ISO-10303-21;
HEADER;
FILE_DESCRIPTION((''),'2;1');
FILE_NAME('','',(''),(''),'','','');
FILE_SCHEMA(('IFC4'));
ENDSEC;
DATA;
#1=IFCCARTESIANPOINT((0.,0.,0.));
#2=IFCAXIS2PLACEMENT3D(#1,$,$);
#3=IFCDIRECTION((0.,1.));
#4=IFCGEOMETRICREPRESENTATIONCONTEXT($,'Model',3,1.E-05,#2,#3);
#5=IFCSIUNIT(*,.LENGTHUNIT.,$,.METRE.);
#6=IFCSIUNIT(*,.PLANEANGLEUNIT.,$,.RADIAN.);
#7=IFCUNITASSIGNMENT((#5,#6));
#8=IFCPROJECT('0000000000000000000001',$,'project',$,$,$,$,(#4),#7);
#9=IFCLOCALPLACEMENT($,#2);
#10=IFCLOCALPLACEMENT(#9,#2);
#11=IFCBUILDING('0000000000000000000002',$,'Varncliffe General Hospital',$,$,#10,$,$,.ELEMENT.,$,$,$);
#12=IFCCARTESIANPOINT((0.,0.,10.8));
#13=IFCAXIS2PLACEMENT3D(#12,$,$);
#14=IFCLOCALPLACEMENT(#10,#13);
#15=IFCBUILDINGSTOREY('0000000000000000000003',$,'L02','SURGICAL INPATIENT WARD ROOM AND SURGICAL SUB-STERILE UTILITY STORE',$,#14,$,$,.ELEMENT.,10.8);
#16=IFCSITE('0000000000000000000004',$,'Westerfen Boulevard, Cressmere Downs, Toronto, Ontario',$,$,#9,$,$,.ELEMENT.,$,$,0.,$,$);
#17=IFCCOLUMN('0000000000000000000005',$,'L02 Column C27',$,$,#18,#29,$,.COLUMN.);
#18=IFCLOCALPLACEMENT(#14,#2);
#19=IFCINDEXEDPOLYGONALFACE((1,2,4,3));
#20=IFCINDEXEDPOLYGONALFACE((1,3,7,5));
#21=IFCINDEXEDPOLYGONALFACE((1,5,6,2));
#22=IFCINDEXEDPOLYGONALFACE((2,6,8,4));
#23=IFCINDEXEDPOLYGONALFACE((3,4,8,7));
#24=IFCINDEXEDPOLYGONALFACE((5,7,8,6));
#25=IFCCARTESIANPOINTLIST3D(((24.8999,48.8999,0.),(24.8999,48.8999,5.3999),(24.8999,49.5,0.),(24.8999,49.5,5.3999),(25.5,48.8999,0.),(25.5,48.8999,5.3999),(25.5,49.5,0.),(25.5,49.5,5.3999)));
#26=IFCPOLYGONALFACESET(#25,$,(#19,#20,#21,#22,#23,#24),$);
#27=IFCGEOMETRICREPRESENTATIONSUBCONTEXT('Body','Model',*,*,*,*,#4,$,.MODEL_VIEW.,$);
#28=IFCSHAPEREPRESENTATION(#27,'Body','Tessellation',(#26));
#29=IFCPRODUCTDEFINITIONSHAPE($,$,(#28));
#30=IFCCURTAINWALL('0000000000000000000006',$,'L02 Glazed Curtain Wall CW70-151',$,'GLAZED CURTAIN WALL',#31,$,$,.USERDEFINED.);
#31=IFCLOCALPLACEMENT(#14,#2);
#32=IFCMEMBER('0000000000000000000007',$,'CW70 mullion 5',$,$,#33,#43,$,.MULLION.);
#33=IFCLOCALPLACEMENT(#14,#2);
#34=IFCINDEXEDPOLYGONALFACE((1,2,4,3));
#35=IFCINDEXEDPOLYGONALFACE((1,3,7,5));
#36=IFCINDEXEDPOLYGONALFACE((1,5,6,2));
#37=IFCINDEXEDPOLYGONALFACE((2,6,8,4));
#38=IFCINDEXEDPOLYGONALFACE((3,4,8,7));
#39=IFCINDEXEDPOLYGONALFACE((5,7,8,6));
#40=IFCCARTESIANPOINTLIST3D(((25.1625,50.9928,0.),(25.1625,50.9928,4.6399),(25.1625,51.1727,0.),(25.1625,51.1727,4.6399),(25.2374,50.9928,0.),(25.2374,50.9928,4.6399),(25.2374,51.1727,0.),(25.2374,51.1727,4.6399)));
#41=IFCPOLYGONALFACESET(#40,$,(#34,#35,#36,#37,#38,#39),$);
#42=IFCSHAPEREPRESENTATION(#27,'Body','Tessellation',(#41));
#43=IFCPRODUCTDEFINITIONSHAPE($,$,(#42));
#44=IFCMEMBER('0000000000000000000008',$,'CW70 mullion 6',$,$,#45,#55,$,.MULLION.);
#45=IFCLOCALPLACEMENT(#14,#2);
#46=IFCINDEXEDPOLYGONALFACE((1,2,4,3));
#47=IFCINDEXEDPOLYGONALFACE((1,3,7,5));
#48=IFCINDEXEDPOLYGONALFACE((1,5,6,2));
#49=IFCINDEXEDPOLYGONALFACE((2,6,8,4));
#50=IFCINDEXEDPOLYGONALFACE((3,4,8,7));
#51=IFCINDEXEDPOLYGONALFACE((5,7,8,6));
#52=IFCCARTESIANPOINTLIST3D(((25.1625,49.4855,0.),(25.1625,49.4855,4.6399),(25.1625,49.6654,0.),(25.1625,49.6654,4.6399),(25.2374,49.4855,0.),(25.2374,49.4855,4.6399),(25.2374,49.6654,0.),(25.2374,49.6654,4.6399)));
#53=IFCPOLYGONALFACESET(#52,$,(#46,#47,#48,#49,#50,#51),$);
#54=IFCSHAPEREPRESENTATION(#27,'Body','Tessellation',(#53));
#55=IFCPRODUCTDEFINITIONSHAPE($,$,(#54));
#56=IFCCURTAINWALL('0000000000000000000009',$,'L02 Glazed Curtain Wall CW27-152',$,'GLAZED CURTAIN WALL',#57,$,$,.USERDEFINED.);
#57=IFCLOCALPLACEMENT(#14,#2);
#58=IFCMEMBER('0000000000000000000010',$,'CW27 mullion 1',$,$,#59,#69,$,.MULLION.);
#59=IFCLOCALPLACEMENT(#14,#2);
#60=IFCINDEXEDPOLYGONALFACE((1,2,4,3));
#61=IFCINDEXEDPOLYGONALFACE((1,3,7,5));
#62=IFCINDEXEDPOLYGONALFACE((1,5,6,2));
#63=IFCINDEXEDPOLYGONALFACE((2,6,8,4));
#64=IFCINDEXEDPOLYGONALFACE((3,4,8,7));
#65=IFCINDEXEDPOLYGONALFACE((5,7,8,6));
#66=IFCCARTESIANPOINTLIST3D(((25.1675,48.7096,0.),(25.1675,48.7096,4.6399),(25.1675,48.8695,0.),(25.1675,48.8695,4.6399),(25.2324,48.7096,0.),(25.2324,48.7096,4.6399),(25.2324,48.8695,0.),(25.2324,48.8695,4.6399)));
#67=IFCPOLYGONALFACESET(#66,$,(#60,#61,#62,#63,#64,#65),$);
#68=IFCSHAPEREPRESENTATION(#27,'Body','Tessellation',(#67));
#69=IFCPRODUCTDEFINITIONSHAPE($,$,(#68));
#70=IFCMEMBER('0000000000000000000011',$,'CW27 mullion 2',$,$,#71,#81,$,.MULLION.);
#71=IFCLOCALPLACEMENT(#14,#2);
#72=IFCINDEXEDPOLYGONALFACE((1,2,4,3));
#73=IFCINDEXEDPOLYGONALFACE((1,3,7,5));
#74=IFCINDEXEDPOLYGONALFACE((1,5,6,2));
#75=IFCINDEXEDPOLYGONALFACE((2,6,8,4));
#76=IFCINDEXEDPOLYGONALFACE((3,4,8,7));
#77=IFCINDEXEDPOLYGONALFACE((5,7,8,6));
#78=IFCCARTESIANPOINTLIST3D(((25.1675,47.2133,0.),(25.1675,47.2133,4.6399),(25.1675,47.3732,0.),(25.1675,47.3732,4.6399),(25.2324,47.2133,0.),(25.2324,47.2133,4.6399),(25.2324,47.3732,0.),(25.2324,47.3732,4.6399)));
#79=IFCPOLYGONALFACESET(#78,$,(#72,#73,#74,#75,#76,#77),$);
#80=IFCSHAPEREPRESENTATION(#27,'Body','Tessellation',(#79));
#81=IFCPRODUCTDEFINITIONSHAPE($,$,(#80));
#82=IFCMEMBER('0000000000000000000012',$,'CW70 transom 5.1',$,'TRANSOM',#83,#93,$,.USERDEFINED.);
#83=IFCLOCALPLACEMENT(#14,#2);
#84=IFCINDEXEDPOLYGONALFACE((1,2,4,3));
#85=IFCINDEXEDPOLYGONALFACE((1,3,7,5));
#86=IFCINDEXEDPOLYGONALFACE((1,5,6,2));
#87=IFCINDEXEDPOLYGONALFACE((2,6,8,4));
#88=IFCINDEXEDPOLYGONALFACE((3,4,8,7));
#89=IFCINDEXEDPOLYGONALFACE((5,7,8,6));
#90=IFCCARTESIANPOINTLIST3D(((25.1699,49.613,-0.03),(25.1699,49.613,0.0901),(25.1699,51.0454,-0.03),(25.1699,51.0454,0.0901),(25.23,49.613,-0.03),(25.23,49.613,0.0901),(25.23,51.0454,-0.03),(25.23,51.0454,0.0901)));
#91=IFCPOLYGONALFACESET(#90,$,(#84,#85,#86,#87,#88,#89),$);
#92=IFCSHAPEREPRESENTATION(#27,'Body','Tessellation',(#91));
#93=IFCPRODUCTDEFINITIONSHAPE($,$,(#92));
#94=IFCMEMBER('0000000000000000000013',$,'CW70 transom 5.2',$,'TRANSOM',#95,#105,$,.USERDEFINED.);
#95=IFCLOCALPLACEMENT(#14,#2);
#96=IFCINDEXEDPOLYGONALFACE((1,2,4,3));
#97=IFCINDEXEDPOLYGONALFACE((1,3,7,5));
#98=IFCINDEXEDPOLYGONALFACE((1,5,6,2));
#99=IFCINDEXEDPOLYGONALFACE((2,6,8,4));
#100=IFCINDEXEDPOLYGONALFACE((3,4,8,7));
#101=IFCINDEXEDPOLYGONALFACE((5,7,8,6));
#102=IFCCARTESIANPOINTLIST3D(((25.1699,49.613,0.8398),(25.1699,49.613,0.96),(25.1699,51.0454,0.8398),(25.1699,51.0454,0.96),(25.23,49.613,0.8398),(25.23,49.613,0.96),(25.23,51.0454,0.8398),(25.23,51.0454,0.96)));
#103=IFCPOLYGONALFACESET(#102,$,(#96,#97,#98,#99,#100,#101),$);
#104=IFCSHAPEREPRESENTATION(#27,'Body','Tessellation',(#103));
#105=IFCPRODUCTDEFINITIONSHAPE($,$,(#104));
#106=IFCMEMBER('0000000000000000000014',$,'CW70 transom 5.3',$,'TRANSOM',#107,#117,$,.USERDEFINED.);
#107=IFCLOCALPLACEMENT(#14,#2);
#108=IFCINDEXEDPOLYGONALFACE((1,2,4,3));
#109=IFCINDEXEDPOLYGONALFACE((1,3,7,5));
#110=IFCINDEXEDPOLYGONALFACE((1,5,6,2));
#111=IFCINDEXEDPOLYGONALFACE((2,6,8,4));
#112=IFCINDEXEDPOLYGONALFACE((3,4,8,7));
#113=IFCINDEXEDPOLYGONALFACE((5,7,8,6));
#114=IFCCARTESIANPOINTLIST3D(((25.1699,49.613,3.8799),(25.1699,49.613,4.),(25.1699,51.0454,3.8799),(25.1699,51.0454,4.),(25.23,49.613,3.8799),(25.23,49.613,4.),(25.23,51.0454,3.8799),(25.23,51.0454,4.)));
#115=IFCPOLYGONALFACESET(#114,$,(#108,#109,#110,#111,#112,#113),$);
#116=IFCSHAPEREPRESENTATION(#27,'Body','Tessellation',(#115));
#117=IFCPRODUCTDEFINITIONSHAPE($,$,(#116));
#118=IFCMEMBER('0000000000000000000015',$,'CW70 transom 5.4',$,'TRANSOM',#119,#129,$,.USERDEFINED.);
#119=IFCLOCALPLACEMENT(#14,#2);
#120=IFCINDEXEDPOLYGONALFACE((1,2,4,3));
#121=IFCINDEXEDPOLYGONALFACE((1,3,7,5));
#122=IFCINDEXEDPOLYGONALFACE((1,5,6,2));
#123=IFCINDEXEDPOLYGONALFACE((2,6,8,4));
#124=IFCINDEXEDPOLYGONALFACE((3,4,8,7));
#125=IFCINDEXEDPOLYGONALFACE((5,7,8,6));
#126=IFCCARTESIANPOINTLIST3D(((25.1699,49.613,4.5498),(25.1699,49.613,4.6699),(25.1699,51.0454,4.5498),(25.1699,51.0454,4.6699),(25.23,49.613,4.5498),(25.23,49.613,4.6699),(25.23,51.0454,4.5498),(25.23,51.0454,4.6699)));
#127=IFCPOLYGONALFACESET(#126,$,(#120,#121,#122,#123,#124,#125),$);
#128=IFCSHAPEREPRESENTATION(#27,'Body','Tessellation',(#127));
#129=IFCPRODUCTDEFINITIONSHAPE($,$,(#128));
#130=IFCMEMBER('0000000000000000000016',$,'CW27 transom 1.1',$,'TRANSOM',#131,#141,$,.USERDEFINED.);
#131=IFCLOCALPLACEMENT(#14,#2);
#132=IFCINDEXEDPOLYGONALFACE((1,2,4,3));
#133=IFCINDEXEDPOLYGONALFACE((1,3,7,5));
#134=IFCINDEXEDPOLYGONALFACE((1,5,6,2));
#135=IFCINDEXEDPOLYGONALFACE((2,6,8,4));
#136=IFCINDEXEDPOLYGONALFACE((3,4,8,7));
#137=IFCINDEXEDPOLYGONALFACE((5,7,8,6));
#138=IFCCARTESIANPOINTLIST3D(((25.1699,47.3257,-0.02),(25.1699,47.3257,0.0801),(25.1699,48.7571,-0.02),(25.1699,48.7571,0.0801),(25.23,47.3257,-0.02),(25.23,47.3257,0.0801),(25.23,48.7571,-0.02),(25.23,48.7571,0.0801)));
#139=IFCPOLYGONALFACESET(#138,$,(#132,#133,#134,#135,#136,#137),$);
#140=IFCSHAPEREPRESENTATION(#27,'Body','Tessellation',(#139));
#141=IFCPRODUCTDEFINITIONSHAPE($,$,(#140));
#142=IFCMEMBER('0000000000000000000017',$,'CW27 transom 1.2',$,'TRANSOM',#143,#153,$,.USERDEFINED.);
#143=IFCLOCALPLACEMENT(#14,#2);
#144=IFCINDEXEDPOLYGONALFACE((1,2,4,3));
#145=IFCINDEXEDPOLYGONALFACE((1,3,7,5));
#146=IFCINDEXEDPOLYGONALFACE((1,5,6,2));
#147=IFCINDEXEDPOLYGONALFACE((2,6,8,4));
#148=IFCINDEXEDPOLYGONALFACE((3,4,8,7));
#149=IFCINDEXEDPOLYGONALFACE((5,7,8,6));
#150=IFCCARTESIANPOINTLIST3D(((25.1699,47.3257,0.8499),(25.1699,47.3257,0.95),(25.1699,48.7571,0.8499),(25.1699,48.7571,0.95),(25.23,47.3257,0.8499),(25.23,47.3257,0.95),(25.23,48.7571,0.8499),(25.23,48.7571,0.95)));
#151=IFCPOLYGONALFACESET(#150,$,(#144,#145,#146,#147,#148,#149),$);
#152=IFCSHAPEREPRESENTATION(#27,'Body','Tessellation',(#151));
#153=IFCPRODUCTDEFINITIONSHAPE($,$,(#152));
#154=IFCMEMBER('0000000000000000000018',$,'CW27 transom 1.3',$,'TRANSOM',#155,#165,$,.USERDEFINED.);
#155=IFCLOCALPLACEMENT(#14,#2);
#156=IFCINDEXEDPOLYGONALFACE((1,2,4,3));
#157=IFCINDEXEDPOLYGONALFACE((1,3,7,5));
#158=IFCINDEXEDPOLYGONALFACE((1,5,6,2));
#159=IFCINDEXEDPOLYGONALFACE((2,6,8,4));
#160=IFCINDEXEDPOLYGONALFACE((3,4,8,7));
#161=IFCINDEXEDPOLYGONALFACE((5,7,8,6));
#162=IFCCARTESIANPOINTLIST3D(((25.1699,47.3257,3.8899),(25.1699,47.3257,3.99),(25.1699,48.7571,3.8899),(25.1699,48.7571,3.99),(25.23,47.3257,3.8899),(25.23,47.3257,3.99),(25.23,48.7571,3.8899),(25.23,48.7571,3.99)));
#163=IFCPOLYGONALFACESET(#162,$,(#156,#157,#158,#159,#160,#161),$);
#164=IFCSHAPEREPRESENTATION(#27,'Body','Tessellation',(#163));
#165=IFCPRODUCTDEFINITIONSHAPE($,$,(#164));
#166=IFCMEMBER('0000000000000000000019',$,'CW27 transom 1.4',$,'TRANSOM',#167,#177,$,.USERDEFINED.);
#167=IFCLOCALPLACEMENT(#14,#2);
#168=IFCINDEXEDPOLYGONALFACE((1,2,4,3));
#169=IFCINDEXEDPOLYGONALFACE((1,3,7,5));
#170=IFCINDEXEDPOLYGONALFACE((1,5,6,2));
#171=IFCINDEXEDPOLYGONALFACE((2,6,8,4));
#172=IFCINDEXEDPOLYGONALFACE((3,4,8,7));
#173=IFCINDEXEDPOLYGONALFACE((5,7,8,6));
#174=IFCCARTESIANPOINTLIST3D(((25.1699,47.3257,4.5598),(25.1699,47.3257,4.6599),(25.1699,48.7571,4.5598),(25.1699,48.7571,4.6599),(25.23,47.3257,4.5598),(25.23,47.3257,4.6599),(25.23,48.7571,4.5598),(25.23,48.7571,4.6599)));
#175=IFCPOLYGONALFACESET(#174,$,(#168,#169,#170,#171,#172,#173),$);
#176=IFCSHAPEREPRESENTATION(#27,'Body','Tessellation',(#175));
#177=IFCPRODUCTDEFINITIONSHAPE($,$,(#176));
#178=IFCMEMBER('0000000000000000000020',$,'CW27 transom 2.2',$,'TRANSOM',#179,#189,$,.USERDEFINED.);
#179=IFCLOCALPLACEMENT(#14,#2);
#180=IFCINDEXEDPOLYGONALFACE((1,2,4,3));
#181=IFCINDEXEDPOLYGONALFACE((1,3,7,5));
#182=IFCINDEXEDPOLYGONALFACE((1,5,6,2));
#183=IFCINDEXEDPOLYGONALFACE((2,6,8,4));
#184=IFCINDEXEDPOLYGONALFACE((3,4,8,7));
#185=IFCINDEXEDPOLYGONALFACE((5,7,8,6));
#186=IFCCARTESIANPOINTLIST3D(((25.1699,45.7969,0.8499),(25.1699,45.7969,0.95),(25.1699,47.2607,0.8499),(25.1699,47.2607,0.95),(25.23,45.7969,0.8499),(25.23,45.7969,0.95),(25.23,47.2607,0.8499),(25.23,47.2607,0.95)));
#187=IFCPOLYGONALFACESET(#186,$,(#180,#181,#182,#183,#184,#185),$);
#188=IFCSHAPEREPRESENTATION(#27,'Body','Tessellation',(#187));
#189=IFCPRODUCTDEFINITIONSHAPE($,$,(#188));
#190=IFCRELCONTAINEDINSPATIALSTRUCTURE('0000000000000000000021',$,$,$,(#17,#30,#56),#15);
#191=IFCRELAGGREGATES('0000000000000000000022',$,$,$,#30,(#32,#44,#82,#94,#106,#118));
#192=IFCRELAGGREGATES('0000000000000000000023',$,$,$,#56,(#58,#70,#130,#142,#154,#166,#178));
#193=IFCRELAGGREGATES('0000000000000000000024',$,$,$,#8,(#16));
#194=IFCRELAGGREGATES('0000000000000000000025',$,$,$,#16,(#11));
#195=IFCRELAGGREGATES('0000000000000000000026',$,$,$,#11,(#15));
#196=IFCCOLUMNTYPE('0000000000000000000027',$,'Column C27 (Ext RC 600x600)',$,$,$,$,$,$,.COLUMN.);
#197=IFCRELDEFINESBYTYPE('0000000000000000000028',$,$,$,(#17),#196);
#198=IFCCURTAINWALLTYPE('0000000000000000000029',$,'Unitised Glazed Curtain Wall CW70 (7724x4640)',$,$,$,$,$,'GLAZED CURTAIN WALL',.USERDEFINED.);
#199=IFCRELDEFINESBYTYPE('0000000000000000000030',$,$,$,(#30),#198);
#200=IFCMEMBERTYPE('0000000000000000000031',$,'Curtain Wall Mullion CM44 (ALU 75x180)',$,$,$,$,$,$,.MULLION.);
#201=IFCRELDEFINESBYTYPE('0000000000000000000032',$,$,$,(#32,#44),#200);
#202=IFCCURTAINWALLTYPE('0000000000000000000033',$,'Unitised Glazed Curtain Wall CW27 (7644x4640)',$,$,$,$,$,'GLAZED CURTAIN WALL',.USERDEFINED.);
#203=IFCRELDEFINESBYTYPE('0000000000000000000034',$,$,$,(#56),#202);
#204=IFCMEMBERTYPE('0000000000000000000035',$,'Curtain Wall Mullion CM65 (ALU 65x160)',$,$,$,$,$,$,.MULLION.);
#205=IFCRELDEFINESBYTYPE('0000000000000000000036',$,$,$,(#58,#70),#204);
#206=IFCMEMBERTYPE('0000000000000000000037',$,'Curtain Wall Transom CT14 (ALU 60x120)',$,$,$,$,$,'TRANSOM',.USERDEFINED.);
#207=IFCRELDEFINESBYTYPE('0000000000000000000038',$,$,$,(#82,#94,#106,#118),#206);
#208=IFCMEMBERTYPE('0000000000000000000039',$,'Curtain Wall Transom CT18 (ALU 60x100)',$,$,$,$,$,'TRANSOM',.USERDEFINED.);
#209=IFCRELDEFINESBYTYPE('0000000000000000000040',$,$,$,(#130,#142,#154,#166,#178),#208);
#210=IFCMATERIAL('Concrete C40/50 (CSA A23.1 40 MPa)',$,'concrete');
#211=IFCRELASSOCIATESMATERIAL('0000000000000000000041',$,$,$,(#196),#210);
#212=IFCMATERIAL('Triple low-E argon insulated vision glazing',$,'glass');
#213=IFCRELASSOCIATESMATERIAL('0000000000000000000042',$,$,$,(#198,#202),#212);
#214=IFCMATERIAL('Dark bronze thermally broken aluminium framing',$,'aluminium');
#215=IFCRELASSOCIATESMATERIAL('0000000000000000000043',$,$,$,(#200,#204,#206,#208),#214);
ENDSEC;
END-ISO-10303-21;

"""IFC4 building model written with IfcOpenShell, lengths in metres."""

from ifc_helpers import new_model, si_unit, direction, frame, origin, origin_2d, place, context, subcontext, project, spatial, rectangle, extrude, material, material_profile, profile_set, type_object, element, aggregate, save


model = new_model("IFC4")

# Units and contexts
model_context = context("Model", 3, precision=1e-05, world=origin(), true_north=direction((0.0, 1.0)))
body_context = subcontext(model_context, "Body", "Model", "MODEL_VIEW")
ifc_project = project(units=[si_unit("LENGTHUNIT", "METRE"), si_unit("PLANEANGLEUNIT", "RADIAN")], contexts=[model_context])

# Site, building, storey
site_placement = place(None, origin())
site = spatial("IfcSite", under=ifc_project, at=site_placement, Name="Westerfen Boulevard, Cressmere Downs, Toronto, Ontario", CompositionType="ELEMENT", RefElevation=0.0)
building_placement = place(site_placement, origin())
building = spatial("IfcBuilding", under=site, at=building_placement, Name="Varncliffe General Hospital", CompositionType="ELEMENT")
storey_placement = place(building_placement, frame((0.0, 0.0, 10.8)))
storey = spatial("IfcBuildingStorey", under=building, at=storey_placement, Name="L02", Description="SURGICAL INPATIENT WARD ROOM AND SURGICAL SUB-STERILE UTILITY STORE", CompositionType="ELEMENT", Elevation=10.8)

# Column
ifc_material_1 = material(Name="Concrete C40/50 (CSA A23.1 40 MPa)", Category="concrete")
ifc_material_profile_1 = material_profile(ifc_material_1, rectangle(XDim=0.6001, YDim=0.6001, at=origin_2d()), Name="RC 600x600")
ifc_profile_set_1 = profile_set([ifc_material_profile_1], Name="Concrete C40/50 (CSA A23.1 40 MPa)")
column_type = type_object("IfcColumnType", Name="Column C27 (Ext RC 600x600)", PredefinedType="COLUMN", material=ifc_profile_set_1)
column_placement = place(storey_placement, frame((25.2, 49.2, 0.0), z_axis=(0.0, 0.0, 1.0), x_axis=(1.0, 0.0, 0.0)))
element("IfcColumn", 1, at=column_placement, inside=storey, type_object=column_type, Name="L02 Column C27", PredefinedType="COLUMN", context=body_context, shape_type="SweptSolid", body=[
    extrude(rectangle(XDim=0.6001, YDim=0.6001, at=origin_2d()), origin(), (0.0, 0.0, 1.0), 5.3999),
])

# Curtain walls, members
ifc_material_2 = material(Name="Triple low-E argon insulated vision glazing", Category="glass")
curtain_wall_type_1 = type_object("IfcCurtainWallType", Name="Unitised Glazed Curtain Wall CW70 (7724x4640)", ElementType="GLAZED CURTAIN WALL", PredefinedType="USERDEFINED", material=ifc_material_2)
curtain_wall_1_placement = place(storey_placement, origin())
curtain_wall_1 = element("IfcCurtainWall", 2, at=curtain_wall_1_placement, inside=storey, type_object=curtain_wall_type_1, Name="L02 Glazed Curtain Wall CW70-151", ObjectType="GLAZED CURTAIN WALL", PredefinedType="USERDEFINED")
ifc_material_3 = material(Name="Dark bronze thermally broken aluminium framing", Category="aluminium")
ifc_material_profile_2 = material_profile(ifc_material_3, rectangle(XDim=0.075, YDim=0.1799, at=origin_2d()), Name="ALU 75x180")
ifc_profile_set_2 = profile_set([ifc_material_profile_2], Name="Dark bronze thermally broken aluminium framing")
member_type_1 = type_object("IfcMemberType", Name="Curtain Wall Mullion CM44 (ALU 75x180)", PredefinedType="MULLION", material=ifc_profile_set_2)
member_1_placement = place(storey_placement, frame((25.2, 51.0828, 0.0), z_axis=(0.0, 0.0, 1.0), x_axis=(1.0, 0.0, 0.0)))
member_1 = element("IfcMember", 3, at=member_1_placement, type_object=member_type_1, Name="CW70 mullion 5", PredefinedType="MULLION", context=body_context, shape_type="SweptSolid", body=[
    extrude(rectangle(XDim=0.075, YDim=0.1799, at=origin_2d()), origin(), (0.0, 0.0, 1.0), 4.6399),
])
member_2_placement = place(storey_placement, frame((25.2, 49.5754, 0.0), z_axis=(0.0, 0.0, 1.0), x_axis=(1.0, 0.0, 0.0)))
member_2 = element("IfcMember", 4, at=member_2_placement, type_object=member_type_1, Name="CW70 mullion 6", PredefinedType="MULLION", context=body_context, shape_type="SweptSolid", body=[
    extrude(rectangle(XDim=0.075, YDim=0.1799, at=origin_2d()), origin(), (0.0, 0.0, 1.0), 4.6399),
])
curtain_wall_type_2 = type_object("IfcCurtainWallType", Name="Unitised Glazed Curtain Wall CW27 (7644x4640)", ElementType="GLAZED CURTAIN WALL", PredefinedType="USERDEFINED", material=ifc_material_2)
curtain_wall_2_placement = place(storey_placement, origin())
curtain_wall_2 = element("IfcCurtainWall", 5, at=curtain_wall_2_placement, inside=storey, type_object=curtain_wall_type_2, Name="L02 Glazed Curtain Wall CW27-152", ObjectType="GLAZED CURTAIN WALL", PredefinedType="USERDEFINED")
ifc_material_profile_3 = material_profile(ifc_material_3, rectangle(XDim=0.0649, YDim=0.1599, at=origin_2d()), Name="ALU 65x160")
ifc_profile_set_3 = profile_set([ifc_material_profile_3], Name="Dark bronze thermally broken aluminium framing")
member_type_2 = type_object("IfcMemberType", Name="Curtain Wall Mullion CM65 (ALU 65x160)", PredefinedType="MULLION", material=ifc_profile_set_3)
member_3_placement = place(storey_placement, frame((25.2, 48.7896, 0.0), z_axis=(0.0, 0.0, 1.0), x_axis=(1.0, 0.0, 0.0)))
member_3 = element("IfcMember", 6, at=member_3_placement, type_object=member_type_2, Name="CW27 mullion 1", PredefinedType="MULLION", context=body_context, shape_type="SweptSolid", body=[
    extrude(rectangle(XDim=0.0649, YDim=0.1599, at=origin_2d()), origin(), (0.0, 0.0, 1.0), 4.6399),
])
member_4_placement = place(storey_placement, frame((25.2, 47.2932, 0.0), z_axis=(0.0, 0.0, 1.0), x_axis=(1.0, 0.0, 0.0)))
member_4 = element("IfcMember", 7, at=member_4_placement, type_object=member_type_2, Name="CW27 mullion 2", PredefinedType="MULLION", context=body_context, shape_type="SweptSolid", body=[
    extrude(rectangle(XDim=0.0649, YDim=0.1599, at=origin_2d()), origin(), (0.0, 0.0, 1.0), 4.6399),
])

# Members
ifc_material_profile_4 = material_profile(ifc_material_3, rectangle(XDim=0.0601, YDim=0.1201, at=origin_2d()), Name="ALU 60x120")
ifc_profile_set_4 = profile_set([ifc_material_profile_4], Name="Dark bronze thermally broken aluminium framing")
member_type_3 = type_object("IfcMemberType", Name="Curtain Wall Transom CT14 (ALU 60x120)", ElementType="TRANSOM", PredefinedType="USERDEFINED", material=ifc_profile_set_4)
member_5_placement = place(storey_placement, frame((25.2, 51.0454, 0.03), z_axis=(0.0, -1.0, 0.0), x_axis=(1.0, 0.0, 0.0)))
member_5 = element("IfcMember", 8, at=member_5_placement, type_object=member_type_3, Name="CW70 transom 5.1", ObjectType="TRANSOM", PredefinedType="USERDEFINED", context=body_context, shape_type="SweptSolid", body=[
    extrude(rectangle(XDim=0.0601, YDim=0.1201, at=origin_2d()), origin(), (0.0, 0.0, 1.0), 1.4324),
])
member_6_placement = place(storey_placement, frame((25.2, 51.0454, 0.8999), z_axis=(0.0, -1.0, 0.0), x_axis=(1.0, 0.0, 0.0)))
member_6 = element("IfcMember", 9, at=member_6_placement, type_object=member_type_3, Name="CW70 transom 5.2", ObjectType="TRANSOM", PredefinedType="USERDEFINED", context=body_context, shape_type="SweptSolid", body=[
    extrude(rectangle(XDim=0.0601, YDim=0.1201, at=origin_2d()), origin(), (0.0, 0.0, 1.0), 1.4324),
])
member_7_placement = place(storey_placement, frame((25.2, 51.0454, 3.9399), z_axis=(0.0, -1.0, 0.0), x_axis=(1.0, 0.0, 0.0)))
member_7 = element("IfcMember", 10, at=member_7_placement, type_object=member_type_3, Name="CW70 transom 5.3", ObjectType="TRANSOM", PredefinedType="USERDEFINED", context=body_context, shape_type="SweptSolid", body=[
    extrude(rectangle(XDim=0.0601, YDim=0.1201, at=origin_2d()), origin(), (0.0, 0.0, 1.0), 1.4324),
])
member_8_placement = place(storey_placement, frame((25.2, 51.0454, 4.6099), z_axis=(0.0, -1.0, 0.0), x_axis=(1.0, 0.0, 0.0)))
member_8 = element("IfcMember", 11, at=member_8_placement, type_object=member_type_3, Name="CW70 transom 5.4", ObjectType="TRANSOM", PredefinedType="USERDEFINED", context=body_context, shape_type="SweptSolid", body=[
    extrude(rectangle(XDim=0.0601, YDim=0.1201, at=origin_2d()), origin(), (0.0, 0.0, 1.0), 1.4324),
])
ifc_material_profile_5 = material_profile(ifc_material_3, rectangle(XDim=0.0601, YDim=0.1001, at=origin_2d()), Name="ALU 60x100")
ifc_profile_set_5 = profile_set([ifc_material_profile_5], Name="Dark bronze thermally broken aluminium framing")
member_type_4 = type_object("IfcMemberType", Name="Curtain Wall Transom CT18 (ALU 60x100)", ElementType="TRANSOM", PredefinedType="USERDEFINED", material=ifc_profile_set_5)
member_9_placement = place(storey_placement, frame((25.2, 48.7571, 0.03), z_axis=(0.0, -1.0, 0.0), x_axis=(1.0, 0.0, 0.0)))
member_9 = element("IfcMember", 12, at=member_9_placement, type_object=member_type_4, Name="CW27 transom 1.1", ObjectType="TRANSOM", PredefinedType="USERDEFINED", context=body_context, shape_type="SweptSolid", body=[
    extrude(rectangle(XDim=0.0601, YDim=0.1001, at=origin_2d()), origin(), (0.0, 0.0, 1.0), 1.4314),
])
member_10_placement = place(storey_placement, frame((25.2, 48.7571, 0.8999), z_axis=(0.0, -1.0, 0.0), x_axis=(1.0, 0.0, 0.0)))
member_10 = element("IfcMember", 13, at=member_10_placement, type_object=member_type_4, Name="CW27 transom 1.2", ObjectType="TRANSOM", PredefinedType="USERDEFINED", context=body_context, shape_type="SweptSolid", body=[
    extrude(rectangle(XDim=0.0601, YDim=0.1001, at=origin_2d()), origin(), (0.0, 0.0, 1.0), 1.4314),
])
member_11_placement = place(storey_placement, frame((25.2, 48.7571, 3.9399), z_axis=(0.0, -1.0, 0.0), x_axis=(1.0, 0.0, 0.0)))
member_11 = element("IfcMember", 14, at=member_11_placement, type_object=member_type_4, Name="CW27 transom 1.3", ObjectType="TRANSOM", PredefinedType="USERDEFINED", context=body_context, shape_type="SweptSolid", body=[
    extrude(rectangle(XDim=0.0601, YDim=0.1001, at=origin_2d()), origin(), (0.0, 0.0, 1.0), 1.4314),
])
member_12_placement = place(storey_placement, frame((25.2, 48.7571, 4.6099), z_axis=(0.0, -1.0, 0.0), x_axis=(1.0, 0.0, 0.0)))
member_12 = element("IfcMember", 15, at=member_12_placement, type_object=member_type_4, Name="CW27 transom 1.4", ObjectType="TRANSOM", PredefinedType="USERDEFINED", context=body_context, shape_type="SweptSolid", body=[
    extrude(rectangle(XDim=0.0601, YDim=0.1001, at=origin_2d()), origin(), (0.0, 0.0, 1.0), 1.4314),
])
member_13_placement = place(storey_placement, frame((25.2, 47.2607, 0.8999), z_axis=(0.0, -1.0, 0.0), x_axis=(1.0, 0.0, 0.0)))
member_13 = element("IfcMember", 16, at=member_13_placement, type_object=member_type_4, Name="CW27 transom 2.2", ObjectType="TRANSOM", PredefinedType="USERDEFINED", context=body_context, shape_type="SweptSolid", body=[
    extrude(rectangle(XDim=0.0601, YDim=0.1001, at=origin_2d()), origin(), (0.0, 0.0, 1.0), 1.4639),
])

aggregate(curtain_wall_1, [member_1, member_2, member_5, member_6, member_7, member_8])
aggregate(curtain_wall_2, [member_3, member_4, member_9, member_10, member_11, member_12, member_13])

save(model, "model.ifc")
